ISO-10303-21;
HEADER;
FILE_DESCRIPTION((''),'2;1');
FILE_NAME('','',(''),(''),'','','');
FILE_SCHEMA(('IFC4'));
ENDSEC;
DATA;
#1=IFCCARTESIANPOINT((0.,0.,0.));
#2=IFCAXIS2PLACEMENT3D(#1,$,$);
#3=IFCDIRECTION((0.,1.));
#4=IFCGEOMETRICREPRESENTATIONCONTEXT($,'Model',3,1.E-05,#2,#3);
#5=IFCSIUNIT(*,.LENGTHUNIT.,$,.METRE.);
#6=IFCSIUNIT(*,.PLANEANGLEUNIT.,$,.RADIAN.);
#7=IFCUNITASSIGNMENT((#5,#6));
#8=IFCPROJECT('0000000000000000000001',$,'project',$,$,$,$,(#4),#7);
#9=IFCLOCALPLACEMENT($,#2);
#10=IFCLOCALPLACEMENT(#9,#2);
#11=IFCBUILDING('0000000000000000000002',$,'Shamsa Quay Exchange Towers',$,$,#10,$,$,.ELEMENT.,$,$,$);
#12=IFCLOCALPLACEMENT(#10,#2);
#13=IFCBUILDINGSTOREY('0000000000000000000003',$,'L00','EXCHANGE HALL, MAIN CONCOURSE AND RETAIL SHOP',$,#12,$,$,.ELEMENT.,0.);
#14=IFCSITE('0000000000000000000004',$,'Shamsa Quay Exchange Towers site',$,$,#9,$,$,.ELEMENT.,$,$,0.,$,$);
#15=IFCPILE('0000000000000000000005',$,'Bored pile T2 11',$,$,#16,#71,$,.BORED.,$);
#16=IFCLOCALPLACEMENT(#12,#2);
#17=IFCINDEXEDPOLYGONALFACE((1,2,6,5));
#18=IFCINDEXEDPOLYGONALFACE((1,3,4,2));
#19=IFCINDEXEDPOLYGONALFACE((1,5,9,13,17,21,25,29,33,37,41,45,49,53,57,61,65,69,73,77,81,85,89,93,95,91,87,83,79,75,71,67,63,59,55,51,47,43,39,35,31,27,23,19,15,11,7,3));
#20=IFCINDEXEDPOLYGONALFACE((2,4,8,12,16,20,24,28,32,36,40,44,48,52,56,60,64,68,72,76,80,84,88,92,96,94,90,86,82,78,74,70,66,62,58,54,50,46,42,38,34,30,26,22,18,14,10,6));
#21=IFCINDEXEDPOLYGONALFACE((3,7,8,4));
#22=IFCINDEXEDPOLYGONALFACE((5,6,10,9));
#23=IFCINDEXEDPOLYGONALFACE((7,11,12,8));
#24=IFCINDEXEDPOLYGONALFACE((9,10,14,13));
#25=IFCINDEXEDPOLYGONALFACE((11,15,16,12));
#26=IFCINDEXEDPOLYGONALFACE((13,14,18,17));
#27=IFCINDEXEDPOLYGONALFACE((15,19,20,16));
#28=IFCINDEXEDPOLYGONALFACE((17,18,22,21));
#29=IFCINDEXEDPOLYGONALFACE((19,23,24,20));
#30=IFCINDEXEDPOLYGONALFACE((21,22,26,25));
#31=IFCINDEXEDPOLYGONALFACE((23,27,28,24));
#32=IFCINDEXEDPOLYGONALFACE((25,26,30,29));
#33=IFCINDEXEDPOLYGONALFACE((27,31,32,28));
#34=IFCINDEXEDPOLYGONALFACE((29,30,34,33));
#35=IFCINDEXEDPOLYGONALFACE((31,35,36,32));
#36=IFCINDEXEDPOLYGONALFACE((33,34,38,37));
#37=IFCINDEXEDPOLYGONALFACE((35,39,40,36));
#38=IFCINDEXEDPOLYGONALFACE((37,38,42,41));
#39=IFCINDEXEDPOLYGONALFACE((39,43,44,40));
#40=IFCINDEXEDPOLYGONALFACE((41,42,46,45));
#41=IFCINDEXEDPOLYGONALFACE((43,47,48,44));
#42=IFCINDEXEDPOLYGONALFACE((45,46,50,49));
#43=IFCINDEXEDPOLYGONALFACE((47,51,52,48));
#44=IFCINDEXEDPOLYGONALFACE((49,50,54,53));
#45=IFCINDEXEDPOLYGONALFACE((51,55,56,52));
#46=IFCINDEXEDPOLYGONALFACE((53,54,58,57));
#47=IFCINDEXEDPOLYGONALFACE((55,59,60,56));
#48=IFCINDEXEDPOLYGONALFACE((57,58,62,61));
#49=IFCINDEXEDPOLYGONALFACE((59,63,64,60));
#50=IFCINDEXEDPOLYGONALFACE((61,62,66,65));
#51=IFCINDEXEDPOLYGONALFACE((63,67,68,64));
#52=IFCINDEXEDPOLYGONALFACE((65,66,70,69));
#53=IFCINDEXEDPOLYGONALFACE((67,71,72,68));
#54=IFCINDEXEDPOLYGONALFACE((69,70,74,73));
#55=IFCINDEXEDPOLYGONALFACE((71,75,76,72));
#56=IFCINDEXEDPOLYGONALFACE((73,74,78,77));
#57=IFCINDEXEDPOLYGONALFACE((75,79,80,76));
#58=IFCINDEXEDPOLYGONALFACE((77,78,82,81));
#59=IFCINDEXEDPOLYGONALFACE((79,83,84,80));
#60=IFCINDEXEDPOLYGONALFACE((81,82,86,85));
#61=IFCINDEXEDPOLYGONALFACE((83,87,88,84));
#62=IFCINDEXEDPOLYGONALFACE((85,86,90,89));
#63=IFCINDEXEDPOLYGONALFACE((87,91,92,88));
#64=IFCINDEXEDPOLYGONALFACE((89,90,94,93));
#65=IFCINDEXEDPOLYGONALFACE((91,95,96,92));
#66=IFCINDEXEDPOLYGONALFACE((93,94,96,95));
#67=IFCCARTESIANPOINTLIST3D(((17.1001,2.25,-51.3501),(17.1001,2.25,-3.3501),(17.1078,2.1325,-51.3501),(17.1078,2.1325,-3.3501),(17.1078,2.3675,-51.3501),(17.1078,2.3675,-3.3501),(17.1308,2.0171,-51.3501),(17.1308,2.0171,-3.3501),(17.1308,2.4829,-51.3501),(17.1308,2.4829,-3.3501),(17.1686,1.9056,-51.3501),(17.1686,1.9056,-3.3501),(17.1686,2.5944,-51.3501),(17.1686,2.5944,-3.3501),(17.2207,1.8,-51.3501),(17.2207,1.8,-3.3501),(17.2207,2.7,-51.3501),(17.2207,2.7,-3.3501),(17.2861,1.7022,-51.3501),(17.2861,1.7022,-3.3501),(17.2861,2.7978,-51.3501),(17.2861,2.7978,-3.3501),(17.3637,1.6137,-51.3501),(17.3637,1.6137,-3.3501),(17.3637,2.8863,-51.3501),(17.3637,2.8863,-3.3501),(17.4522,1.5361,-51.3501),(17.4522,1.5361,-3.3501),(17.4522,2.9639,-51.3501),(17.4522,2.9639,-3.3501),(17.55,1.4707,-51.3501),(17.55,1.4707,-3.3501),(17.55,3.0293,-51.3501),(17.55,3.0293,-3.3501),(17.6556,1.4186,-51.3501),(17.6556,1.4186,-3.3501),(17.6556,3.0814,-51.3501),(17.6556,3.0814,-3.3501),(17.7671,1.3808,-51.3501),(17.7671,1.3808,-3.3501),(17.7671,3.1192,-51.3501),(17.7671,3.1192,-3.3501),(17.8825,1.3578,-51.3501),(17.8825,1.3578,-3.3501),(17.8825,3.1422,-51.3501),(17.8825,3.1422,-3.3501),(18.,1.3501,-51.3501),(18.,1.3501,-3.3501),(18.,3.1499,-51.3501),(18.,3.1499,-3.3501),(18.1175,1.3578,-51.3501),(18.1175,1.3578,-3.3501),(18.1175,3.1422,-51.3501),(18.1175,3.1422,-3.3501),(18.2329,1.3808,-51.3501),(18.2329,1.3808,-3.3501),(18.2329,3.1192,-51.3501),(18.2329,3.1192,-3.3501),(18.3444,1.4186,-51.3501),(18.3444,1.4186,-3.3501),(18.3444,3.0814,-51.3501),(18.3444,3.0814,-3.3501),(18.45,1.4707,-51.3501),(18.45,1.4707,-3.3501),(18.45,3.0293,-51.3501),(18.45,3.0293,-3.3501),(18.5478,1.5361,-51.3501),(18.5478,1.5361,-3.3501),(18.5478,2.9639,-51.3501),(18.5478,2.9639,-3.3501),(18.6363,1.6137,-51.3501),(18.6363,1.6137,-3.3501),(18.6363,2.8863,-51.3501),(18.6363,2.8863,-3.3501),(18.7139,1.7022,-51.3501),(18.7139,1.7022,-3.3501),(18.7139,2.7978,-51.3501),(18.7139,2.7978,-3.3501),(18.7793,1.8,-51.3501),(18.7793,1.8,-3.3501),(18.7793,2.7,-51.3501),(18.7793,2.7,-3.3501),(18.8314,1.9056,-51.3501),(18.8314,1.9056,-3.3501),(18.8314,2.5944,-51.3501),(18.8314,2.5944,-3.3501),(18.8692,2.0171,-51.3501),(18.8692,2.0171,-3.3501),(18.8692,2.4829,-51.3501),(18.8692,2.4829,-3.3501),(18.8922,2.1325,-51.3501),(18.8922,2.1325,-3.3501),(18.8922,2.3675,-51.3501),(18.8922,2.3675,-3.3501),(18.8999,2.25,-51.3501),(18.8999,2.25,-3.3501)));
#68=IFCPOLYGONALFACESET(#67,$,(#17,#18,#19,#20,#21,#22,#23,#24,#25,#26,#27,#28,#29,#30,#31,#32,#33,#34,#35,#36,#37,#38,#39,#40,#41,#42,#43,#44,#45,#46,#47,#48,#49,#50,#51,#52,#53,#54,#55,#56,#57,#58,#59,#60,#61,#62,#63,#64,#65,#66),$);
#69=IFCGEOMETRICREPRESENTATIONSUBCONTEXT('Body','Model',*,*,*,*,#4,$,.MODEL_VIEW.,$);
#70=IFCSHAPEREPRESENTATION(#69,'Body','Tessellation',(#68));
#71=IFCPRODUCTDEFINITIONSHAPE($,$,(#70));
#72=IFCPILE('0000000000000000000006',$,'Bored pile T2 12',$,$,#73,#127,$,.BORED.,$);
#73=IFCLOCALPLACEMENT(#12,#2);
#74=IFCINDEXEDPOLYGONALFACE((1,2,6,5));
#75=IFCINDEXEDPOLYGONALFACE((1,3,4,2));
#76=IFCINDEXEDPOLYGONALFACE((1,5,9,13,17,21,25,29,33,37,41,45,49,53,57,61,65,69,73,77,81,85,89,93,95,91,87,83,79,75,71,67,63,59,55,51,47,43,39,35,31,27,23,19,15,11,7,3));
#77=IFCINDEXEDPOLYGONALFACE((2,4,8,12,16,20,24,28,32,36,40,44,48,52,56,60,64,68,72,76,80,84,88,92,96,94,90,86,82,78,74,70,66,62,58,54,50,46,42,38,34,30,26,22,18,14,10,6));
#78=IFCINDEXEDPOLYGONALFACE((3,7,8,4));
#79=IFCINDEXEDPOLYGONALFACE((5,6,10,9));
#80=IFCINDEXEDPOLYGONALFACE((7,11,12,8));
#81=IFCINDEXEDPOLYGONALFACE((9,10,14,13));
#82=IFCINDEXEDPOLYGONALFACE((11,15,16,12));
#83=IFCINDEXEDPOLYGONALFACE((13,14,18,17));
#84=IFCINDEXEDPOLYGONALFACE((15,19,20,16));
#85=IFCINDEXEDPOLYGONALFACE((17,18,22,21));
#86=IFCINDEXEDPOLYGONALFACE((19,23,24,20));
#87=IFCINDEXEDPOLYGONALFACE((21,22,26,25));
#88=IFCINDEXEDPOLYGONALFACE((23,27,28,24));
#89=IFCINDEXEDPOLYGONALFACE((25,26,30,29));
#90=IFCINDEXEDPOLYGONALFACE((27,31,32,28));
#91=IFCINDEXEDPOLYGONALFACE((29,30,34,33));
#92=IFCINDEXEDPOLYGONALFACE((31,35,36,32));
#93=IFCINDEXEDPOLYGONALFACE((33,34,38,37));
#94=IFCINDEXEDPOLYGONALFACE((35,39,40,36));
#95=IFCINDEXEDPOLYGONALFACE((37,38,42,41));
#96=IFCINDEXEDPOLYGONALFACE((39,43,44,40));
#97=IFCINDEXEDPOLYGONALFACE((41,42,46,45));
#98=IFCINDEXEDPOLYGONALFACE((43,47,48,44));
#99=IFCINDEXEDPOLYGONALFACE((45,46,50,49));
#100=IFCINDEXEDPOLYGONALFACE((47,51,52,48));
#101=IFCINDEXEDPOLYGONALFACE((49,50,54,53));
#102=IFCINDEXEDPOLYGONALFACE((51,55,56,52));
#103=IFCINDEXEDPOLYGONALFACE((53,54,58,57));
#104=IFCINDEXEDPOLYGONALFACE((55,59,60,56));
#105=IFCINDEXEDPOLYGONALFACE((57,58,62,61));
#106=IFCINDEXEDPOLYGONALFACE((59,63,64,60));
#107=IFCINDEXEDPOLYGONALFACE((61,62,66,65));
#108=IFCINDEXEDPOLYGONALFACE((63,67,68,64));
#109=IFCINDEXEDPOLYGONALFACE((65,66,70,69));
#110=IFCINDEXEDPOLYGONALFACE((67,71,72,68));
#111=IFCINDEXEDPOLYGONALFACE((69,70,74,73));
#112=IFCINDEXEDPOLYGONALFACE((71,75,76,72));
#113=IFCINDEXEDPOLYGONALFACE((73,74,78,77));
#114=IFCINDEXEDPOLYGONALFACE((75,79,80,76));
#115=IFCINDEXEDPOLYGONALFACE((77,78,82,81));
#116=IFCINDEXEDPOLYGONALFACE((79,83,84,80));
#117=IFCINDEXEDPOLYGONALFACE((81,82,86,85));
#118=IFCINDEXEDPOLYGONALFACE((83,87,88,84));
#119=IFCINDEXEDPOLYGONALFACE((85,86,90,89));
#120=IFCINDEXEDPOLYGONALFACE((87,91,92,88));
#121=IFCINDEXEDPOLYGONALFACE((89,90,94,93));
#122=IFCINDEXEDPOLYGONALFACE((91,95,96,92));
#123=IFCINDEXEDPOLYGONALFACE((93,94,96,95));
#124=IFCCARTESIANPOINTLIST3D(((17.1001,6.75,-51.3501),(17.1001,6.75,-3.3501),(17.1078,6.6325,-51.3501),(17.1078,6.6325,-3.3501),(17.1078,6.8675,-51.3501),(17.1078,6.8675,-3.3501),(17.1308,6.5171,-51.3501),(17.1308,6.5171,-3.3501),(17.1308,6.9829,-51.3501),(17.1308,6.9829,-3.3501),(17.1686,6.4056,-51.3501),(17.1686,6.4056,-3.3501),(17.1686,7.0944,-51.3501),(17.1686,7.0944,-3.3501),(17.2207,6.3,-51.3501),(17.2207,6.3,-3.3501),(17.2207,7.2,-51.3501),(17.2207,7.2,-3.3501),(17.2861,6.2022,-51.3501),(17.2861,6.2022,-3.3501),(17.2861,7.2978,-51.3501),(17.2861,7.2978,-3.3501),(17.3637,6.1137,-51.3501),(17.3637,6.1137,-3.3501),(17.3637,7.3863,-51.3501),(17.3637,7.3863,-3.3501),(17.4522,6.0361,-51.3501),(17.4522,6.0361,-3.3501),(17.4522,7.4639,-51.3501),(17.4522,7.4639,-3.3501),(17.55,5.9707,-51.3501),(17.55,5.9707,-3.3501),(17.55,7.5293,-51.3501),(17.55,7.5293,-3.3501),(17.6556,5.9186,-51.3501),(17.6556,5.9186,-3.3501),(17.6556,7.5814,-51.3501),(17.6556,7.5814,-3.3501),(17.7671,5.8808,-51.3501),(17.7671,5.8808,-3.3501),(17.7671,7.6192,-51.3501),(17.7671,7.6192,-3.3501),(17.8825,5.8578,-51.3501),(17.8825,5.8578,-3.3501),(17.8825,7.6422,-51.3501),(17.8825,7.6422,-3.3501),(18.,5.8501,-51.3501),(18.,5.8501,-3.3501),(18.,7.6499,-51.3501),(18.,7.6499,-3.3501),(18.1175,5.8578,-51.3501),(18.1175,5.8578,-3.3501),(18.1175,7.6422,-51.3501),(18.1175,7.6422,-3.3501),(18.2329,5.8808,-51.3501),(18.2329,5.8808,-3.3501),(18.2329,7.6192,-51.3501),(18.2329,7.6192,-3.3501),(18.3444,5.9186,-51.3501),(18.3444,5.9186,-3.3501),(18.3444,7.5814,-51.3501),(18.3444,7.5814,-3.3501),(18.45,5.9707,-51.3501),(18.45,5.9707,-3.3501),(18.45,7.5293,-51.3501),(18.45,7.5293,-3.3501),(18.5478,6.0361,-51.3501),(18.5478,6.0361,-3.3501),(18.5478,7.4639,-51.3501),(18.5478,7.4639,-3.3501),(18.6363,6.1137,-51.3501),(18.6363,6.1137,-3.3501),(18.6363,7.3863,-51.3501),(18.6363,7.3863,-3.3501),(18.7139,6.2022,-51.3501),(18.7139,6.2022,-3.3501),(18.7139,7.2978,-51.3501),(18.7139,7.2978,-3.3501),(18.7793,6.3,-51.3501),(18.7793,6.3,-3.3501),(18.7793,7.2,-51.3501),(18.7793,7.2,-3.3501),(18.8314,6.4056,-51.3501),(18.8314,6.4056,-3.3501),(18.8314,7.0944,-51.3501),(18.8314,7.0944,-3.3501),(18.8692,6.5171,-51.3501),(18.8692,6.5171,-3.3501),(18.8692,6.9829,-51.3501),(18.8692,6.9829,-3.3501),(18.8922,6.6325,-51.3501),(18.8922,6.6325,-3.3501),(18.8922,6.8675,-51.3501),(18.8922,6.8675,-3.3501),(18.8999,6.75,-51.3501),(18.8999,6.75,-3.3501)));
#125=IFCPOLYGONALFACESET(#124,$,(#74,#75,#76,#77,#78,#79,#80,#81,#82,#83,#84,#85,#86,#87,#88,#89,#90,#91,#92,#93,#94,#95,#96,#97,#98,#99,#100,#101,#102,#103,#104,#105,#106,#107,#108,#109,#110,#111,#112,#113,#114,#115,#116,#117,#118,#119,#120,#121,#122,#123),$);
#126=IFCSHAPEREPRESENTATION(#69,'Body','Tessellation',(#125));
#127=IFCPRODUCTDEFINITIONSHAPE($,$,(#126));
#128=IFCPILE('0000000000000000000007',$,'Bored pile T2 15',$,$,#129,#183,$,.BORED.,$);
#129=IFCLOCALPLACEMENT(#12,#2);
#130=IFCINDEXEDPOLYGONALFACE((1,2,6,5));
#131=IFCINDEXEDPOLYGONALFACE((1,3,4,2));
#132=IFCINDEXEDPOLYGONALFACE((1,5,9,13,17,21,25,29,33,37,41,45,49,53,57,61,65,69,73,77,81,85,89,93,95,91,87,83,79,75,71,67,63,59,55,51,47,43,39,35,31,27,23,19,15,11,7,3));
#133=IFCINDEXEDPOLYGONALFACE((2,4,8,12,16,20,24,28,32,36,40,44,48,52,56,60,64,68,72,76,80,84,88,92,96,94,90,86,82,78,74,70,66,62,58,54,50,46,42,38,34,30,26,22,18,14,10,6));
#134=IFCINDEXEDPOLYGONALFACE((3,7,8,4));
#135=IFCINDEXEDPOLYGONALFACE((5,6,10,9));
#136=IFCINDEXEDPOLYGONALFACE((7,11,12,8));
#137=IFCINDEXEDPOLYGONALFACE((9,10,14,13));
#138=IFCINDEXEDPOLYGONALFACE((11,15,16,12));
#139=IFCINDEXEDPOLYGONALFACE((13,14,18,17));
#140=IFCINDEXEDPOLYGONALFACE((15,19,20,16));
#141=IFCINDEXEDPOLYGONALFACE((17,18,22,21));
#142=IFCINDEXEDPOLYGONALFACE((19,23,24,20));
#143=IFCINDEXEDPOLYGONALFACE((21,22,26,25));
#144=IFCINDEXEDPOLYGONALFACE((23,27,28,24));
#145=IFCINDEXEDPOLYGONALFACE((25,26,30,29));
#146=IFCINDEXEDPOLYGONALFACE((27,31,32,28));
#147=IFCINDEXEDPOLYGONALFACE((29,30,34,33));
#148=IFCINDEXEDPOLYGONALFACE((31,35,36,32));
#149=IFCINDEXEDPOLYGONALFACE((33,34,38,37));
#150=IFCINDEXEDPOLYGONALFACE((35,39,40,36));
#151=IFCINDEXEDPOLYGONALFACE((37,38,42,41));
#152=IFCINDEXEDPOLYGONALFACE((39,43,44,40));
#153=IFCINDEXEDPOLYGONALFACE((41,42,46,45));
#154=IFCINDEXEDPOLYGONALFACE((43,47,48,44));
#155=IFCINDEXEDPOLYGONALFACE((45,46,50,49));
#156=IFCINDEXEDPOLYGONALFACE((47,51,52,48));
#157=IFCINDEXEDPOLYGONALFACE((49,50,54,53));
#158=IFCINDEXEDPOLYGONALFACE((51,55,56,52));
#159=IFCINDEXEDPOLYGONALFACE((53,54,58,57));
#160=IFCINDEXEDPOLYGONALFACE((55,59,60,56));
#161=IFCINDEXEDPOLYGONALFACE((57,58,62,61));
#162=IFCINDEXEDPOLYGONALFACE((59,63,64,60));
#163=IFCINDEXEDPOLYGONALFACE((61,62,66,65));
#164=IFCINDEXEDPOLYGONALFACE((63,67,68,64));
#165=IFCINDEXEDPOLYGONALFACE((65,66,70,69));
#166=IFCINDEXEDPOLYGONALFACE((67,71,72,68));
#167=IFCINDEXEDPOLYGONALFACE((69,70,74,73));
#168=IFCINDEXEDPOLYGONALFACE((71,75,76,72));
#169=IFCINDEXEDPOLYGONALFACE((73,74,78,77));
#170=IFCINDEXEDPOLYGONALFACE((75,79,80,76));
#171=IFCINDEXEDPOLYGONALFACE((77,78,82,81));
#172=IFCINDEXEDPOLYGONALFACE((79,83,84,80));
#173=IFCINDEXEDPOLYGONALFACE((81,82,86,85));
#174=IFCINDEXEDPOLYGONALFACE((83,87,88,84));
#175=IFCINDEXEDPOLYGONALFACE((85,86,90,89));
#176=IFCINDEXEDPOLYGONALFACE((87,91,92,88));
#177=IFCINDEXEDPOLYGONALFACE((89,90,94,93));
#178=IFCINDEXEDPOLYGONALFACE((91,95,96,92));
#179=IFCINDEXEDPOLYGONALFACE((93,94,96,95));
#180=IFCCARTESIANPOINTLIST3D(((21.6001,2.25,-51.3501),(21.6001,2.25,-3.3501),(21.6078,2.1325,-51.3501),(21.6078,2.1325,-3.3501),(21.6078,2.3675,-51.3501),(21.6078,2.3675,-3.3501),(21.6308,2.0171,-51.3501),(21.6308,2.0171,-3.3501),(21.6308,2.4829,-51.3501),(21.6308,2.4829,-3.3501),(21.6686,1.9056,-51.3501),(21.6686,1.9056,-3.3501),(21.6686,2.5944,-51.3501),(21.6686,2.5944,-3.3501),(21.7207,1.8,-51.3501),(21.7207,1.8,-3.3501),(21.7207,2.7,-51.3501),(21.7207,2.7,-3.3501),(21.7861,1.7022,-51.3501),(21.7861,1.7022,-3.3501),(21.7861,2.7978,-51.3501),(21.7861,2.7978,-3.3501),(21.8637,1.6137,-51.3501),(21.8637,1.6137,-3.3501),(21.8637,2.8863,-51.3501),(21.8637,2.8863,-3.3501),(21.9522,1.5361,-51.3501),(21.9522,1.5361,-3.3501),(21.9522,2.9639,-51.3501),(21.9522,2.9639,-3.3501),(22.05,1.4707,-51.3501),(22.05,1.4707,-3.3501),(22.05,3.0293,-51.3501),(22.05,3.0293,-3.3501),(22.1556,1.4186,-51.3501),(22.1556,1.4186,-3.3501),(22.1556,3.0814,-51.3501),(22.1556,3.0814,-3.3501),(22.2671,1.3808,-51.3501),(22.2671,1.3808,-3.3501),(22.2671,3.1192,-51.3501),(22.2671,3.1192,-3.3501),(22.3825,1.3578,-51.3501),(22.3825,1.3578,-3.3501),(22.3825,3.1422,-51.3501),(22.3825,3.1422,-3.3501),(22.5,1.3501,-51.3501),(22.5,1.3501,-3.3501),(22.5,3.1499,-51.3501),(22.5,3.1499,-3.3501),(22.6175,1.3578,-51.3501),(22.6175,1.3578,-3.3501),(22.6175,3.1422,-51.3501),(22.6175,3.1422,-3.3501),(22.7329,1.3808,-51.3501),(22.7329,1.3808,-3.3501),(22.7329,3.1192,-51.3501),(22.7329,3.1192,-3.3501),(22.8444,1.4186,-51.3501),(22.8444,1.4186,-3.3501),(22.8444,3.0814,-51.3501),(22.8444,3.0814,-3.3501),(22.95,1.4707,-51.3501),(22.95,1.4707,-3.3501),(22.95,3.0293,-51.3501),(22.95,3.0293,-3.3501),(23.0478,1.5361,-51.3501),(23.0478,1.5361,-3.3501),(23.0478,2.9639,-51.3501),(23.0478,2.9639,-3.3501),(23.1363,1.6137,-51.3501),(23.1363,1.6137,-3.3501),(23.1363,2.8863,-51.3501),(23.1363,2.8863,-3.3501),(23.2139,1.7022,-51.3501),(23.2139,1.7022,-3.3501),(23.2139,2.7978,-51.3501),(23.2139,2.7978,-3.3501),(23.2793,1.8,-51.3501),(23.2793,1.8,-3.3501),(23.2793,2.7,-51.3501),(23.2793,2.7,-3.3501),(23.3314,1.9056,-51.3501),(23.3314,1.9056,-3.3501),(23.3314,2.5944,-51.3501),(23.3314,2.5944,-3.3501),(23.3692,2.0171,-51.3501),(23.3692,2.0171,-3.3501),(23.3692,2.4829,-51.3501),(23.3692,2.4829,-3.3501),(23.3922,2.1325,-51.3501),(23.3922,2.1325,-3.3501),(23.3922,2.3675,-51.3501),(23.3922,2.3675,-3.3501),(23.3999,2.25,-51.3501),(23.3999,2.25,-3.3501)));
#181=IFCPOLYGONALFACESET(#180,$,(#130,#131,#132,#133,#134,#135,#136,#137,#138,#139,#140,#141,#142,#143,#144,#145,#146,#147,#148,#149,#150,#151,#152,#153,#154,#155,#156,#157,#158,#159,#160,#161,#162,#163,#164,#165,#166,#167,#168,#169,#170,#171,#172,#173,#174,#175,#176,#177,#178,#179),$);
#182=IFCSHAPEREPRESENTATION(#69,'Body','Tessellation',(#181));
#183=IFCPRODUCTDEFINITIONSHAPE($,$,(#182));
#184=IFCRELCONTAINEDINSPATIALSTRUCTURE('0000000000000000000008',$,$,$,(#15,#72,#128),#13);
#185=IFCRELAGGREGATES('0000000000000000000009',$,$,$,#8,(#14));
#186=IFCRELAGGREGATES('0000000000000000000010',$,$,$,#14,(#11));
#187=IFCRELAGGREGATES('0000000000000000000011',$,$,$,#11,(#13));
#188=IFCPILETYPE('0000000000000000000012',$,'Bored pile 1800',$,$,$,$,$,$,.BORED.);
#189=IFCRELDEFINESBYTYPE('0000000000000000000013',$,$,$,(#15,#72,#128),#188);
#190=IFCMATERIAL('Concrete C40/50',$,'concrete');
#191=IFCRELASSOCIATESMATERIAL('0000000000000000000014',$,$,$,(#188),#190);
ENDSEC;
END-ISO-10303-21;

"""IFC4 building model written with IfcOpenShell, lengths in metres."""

from ifc_helpers import new_model, si_unit, direction, frame, origin, origin_2d, place, context, subcontext, project, spatial, circle, extrude, material, material_profile, profile_set, type_object, element, save


model = new_model("IFC4")

# Units and contexts
model_context = context("Model", 3, precision=1e-05, world=origin(), true_north=direction((0.0, 1.0)))
body_context = subcontext(model_context, "Body", "Model", "MODEL_VIEW")
ifc_project = project(units=[si_unit("LENGTHUNIT", "METRE"), si_unit("PLANEANGLEUNIT", "RADIAN")], contexts=[model_context])

# Site, building, storey
site_placement = place(None, origin())
site = spatial("IfcSite", under=ifc_project, at=site_placement, Name="Shamsa Quay Exchange Towers site", CompositionType="ELEMENT", RefElevation=0.0)
building_placement = place(site_placement, origin())
building = spatial("IfcBuilding", under=site, at=building_placement, Name="Shamsa Quay Exchange Towers", CompositionType="ELEMENT")
storey_placement = place(building_placement, origin())
storey = spatial("IfcBuildingStorey", under=building, at=storey_placement, Name="L00", Description="EXCHANGE HALL, MAIN CONCOURSE AND RETAIL SHOP", CompositionType="ELEMENT", Elevation=0.0)

# Piles
ifc_material_1 = material(Name="Concrete C40/50", Category="concrete")
ifc_material_profile_1 = material_profile(ifc_material_1, circle(Radius=0.8999, at=origin_2d()), Name="BP1800")
ifc_profile_set_1 = profile_set([ifc_material_profile_1], Name="Concrete C40/50")
pile_type = type_object("IfcPileType", Name="Bored pile 1800", PredefinedType="BORED", material=ifc_profile_set_1)
for number, where, z_axis, x_axis, name in (
    (1, (18.0, 2.25, -3.3501), (0.0, 0.0, -1.0), (1.0, 0.0, 0.0), "Bored pile T2 11"),
    (2, (18.0, 6.75, -3.3501), (0.0, 0.0, -1.0), (1.0, 0.0, 0.0), "Bored pile T2 12"),
    (3, (22.5, 2.25, -3.3501), (0.0, 0.0, -1.0), (1.0, 0.0, 0.0), "Bored pile T2 15"),
):
    element("IfcPile", number, at=place(storey_placement, frame(where, z_axis=z_axis, x_axis=x_axis)), inside=storey, type_object=pile_type, Name=name, PredefinedType="BORED", context=body_context, shape_type="SweptSolid", body=[
        extrude(circle(Radius=0.8999, at=origin_2d()), origin(), (0.0, 0.0, 1.0), 48.0),
    ])

save(model, "model.ifc")
